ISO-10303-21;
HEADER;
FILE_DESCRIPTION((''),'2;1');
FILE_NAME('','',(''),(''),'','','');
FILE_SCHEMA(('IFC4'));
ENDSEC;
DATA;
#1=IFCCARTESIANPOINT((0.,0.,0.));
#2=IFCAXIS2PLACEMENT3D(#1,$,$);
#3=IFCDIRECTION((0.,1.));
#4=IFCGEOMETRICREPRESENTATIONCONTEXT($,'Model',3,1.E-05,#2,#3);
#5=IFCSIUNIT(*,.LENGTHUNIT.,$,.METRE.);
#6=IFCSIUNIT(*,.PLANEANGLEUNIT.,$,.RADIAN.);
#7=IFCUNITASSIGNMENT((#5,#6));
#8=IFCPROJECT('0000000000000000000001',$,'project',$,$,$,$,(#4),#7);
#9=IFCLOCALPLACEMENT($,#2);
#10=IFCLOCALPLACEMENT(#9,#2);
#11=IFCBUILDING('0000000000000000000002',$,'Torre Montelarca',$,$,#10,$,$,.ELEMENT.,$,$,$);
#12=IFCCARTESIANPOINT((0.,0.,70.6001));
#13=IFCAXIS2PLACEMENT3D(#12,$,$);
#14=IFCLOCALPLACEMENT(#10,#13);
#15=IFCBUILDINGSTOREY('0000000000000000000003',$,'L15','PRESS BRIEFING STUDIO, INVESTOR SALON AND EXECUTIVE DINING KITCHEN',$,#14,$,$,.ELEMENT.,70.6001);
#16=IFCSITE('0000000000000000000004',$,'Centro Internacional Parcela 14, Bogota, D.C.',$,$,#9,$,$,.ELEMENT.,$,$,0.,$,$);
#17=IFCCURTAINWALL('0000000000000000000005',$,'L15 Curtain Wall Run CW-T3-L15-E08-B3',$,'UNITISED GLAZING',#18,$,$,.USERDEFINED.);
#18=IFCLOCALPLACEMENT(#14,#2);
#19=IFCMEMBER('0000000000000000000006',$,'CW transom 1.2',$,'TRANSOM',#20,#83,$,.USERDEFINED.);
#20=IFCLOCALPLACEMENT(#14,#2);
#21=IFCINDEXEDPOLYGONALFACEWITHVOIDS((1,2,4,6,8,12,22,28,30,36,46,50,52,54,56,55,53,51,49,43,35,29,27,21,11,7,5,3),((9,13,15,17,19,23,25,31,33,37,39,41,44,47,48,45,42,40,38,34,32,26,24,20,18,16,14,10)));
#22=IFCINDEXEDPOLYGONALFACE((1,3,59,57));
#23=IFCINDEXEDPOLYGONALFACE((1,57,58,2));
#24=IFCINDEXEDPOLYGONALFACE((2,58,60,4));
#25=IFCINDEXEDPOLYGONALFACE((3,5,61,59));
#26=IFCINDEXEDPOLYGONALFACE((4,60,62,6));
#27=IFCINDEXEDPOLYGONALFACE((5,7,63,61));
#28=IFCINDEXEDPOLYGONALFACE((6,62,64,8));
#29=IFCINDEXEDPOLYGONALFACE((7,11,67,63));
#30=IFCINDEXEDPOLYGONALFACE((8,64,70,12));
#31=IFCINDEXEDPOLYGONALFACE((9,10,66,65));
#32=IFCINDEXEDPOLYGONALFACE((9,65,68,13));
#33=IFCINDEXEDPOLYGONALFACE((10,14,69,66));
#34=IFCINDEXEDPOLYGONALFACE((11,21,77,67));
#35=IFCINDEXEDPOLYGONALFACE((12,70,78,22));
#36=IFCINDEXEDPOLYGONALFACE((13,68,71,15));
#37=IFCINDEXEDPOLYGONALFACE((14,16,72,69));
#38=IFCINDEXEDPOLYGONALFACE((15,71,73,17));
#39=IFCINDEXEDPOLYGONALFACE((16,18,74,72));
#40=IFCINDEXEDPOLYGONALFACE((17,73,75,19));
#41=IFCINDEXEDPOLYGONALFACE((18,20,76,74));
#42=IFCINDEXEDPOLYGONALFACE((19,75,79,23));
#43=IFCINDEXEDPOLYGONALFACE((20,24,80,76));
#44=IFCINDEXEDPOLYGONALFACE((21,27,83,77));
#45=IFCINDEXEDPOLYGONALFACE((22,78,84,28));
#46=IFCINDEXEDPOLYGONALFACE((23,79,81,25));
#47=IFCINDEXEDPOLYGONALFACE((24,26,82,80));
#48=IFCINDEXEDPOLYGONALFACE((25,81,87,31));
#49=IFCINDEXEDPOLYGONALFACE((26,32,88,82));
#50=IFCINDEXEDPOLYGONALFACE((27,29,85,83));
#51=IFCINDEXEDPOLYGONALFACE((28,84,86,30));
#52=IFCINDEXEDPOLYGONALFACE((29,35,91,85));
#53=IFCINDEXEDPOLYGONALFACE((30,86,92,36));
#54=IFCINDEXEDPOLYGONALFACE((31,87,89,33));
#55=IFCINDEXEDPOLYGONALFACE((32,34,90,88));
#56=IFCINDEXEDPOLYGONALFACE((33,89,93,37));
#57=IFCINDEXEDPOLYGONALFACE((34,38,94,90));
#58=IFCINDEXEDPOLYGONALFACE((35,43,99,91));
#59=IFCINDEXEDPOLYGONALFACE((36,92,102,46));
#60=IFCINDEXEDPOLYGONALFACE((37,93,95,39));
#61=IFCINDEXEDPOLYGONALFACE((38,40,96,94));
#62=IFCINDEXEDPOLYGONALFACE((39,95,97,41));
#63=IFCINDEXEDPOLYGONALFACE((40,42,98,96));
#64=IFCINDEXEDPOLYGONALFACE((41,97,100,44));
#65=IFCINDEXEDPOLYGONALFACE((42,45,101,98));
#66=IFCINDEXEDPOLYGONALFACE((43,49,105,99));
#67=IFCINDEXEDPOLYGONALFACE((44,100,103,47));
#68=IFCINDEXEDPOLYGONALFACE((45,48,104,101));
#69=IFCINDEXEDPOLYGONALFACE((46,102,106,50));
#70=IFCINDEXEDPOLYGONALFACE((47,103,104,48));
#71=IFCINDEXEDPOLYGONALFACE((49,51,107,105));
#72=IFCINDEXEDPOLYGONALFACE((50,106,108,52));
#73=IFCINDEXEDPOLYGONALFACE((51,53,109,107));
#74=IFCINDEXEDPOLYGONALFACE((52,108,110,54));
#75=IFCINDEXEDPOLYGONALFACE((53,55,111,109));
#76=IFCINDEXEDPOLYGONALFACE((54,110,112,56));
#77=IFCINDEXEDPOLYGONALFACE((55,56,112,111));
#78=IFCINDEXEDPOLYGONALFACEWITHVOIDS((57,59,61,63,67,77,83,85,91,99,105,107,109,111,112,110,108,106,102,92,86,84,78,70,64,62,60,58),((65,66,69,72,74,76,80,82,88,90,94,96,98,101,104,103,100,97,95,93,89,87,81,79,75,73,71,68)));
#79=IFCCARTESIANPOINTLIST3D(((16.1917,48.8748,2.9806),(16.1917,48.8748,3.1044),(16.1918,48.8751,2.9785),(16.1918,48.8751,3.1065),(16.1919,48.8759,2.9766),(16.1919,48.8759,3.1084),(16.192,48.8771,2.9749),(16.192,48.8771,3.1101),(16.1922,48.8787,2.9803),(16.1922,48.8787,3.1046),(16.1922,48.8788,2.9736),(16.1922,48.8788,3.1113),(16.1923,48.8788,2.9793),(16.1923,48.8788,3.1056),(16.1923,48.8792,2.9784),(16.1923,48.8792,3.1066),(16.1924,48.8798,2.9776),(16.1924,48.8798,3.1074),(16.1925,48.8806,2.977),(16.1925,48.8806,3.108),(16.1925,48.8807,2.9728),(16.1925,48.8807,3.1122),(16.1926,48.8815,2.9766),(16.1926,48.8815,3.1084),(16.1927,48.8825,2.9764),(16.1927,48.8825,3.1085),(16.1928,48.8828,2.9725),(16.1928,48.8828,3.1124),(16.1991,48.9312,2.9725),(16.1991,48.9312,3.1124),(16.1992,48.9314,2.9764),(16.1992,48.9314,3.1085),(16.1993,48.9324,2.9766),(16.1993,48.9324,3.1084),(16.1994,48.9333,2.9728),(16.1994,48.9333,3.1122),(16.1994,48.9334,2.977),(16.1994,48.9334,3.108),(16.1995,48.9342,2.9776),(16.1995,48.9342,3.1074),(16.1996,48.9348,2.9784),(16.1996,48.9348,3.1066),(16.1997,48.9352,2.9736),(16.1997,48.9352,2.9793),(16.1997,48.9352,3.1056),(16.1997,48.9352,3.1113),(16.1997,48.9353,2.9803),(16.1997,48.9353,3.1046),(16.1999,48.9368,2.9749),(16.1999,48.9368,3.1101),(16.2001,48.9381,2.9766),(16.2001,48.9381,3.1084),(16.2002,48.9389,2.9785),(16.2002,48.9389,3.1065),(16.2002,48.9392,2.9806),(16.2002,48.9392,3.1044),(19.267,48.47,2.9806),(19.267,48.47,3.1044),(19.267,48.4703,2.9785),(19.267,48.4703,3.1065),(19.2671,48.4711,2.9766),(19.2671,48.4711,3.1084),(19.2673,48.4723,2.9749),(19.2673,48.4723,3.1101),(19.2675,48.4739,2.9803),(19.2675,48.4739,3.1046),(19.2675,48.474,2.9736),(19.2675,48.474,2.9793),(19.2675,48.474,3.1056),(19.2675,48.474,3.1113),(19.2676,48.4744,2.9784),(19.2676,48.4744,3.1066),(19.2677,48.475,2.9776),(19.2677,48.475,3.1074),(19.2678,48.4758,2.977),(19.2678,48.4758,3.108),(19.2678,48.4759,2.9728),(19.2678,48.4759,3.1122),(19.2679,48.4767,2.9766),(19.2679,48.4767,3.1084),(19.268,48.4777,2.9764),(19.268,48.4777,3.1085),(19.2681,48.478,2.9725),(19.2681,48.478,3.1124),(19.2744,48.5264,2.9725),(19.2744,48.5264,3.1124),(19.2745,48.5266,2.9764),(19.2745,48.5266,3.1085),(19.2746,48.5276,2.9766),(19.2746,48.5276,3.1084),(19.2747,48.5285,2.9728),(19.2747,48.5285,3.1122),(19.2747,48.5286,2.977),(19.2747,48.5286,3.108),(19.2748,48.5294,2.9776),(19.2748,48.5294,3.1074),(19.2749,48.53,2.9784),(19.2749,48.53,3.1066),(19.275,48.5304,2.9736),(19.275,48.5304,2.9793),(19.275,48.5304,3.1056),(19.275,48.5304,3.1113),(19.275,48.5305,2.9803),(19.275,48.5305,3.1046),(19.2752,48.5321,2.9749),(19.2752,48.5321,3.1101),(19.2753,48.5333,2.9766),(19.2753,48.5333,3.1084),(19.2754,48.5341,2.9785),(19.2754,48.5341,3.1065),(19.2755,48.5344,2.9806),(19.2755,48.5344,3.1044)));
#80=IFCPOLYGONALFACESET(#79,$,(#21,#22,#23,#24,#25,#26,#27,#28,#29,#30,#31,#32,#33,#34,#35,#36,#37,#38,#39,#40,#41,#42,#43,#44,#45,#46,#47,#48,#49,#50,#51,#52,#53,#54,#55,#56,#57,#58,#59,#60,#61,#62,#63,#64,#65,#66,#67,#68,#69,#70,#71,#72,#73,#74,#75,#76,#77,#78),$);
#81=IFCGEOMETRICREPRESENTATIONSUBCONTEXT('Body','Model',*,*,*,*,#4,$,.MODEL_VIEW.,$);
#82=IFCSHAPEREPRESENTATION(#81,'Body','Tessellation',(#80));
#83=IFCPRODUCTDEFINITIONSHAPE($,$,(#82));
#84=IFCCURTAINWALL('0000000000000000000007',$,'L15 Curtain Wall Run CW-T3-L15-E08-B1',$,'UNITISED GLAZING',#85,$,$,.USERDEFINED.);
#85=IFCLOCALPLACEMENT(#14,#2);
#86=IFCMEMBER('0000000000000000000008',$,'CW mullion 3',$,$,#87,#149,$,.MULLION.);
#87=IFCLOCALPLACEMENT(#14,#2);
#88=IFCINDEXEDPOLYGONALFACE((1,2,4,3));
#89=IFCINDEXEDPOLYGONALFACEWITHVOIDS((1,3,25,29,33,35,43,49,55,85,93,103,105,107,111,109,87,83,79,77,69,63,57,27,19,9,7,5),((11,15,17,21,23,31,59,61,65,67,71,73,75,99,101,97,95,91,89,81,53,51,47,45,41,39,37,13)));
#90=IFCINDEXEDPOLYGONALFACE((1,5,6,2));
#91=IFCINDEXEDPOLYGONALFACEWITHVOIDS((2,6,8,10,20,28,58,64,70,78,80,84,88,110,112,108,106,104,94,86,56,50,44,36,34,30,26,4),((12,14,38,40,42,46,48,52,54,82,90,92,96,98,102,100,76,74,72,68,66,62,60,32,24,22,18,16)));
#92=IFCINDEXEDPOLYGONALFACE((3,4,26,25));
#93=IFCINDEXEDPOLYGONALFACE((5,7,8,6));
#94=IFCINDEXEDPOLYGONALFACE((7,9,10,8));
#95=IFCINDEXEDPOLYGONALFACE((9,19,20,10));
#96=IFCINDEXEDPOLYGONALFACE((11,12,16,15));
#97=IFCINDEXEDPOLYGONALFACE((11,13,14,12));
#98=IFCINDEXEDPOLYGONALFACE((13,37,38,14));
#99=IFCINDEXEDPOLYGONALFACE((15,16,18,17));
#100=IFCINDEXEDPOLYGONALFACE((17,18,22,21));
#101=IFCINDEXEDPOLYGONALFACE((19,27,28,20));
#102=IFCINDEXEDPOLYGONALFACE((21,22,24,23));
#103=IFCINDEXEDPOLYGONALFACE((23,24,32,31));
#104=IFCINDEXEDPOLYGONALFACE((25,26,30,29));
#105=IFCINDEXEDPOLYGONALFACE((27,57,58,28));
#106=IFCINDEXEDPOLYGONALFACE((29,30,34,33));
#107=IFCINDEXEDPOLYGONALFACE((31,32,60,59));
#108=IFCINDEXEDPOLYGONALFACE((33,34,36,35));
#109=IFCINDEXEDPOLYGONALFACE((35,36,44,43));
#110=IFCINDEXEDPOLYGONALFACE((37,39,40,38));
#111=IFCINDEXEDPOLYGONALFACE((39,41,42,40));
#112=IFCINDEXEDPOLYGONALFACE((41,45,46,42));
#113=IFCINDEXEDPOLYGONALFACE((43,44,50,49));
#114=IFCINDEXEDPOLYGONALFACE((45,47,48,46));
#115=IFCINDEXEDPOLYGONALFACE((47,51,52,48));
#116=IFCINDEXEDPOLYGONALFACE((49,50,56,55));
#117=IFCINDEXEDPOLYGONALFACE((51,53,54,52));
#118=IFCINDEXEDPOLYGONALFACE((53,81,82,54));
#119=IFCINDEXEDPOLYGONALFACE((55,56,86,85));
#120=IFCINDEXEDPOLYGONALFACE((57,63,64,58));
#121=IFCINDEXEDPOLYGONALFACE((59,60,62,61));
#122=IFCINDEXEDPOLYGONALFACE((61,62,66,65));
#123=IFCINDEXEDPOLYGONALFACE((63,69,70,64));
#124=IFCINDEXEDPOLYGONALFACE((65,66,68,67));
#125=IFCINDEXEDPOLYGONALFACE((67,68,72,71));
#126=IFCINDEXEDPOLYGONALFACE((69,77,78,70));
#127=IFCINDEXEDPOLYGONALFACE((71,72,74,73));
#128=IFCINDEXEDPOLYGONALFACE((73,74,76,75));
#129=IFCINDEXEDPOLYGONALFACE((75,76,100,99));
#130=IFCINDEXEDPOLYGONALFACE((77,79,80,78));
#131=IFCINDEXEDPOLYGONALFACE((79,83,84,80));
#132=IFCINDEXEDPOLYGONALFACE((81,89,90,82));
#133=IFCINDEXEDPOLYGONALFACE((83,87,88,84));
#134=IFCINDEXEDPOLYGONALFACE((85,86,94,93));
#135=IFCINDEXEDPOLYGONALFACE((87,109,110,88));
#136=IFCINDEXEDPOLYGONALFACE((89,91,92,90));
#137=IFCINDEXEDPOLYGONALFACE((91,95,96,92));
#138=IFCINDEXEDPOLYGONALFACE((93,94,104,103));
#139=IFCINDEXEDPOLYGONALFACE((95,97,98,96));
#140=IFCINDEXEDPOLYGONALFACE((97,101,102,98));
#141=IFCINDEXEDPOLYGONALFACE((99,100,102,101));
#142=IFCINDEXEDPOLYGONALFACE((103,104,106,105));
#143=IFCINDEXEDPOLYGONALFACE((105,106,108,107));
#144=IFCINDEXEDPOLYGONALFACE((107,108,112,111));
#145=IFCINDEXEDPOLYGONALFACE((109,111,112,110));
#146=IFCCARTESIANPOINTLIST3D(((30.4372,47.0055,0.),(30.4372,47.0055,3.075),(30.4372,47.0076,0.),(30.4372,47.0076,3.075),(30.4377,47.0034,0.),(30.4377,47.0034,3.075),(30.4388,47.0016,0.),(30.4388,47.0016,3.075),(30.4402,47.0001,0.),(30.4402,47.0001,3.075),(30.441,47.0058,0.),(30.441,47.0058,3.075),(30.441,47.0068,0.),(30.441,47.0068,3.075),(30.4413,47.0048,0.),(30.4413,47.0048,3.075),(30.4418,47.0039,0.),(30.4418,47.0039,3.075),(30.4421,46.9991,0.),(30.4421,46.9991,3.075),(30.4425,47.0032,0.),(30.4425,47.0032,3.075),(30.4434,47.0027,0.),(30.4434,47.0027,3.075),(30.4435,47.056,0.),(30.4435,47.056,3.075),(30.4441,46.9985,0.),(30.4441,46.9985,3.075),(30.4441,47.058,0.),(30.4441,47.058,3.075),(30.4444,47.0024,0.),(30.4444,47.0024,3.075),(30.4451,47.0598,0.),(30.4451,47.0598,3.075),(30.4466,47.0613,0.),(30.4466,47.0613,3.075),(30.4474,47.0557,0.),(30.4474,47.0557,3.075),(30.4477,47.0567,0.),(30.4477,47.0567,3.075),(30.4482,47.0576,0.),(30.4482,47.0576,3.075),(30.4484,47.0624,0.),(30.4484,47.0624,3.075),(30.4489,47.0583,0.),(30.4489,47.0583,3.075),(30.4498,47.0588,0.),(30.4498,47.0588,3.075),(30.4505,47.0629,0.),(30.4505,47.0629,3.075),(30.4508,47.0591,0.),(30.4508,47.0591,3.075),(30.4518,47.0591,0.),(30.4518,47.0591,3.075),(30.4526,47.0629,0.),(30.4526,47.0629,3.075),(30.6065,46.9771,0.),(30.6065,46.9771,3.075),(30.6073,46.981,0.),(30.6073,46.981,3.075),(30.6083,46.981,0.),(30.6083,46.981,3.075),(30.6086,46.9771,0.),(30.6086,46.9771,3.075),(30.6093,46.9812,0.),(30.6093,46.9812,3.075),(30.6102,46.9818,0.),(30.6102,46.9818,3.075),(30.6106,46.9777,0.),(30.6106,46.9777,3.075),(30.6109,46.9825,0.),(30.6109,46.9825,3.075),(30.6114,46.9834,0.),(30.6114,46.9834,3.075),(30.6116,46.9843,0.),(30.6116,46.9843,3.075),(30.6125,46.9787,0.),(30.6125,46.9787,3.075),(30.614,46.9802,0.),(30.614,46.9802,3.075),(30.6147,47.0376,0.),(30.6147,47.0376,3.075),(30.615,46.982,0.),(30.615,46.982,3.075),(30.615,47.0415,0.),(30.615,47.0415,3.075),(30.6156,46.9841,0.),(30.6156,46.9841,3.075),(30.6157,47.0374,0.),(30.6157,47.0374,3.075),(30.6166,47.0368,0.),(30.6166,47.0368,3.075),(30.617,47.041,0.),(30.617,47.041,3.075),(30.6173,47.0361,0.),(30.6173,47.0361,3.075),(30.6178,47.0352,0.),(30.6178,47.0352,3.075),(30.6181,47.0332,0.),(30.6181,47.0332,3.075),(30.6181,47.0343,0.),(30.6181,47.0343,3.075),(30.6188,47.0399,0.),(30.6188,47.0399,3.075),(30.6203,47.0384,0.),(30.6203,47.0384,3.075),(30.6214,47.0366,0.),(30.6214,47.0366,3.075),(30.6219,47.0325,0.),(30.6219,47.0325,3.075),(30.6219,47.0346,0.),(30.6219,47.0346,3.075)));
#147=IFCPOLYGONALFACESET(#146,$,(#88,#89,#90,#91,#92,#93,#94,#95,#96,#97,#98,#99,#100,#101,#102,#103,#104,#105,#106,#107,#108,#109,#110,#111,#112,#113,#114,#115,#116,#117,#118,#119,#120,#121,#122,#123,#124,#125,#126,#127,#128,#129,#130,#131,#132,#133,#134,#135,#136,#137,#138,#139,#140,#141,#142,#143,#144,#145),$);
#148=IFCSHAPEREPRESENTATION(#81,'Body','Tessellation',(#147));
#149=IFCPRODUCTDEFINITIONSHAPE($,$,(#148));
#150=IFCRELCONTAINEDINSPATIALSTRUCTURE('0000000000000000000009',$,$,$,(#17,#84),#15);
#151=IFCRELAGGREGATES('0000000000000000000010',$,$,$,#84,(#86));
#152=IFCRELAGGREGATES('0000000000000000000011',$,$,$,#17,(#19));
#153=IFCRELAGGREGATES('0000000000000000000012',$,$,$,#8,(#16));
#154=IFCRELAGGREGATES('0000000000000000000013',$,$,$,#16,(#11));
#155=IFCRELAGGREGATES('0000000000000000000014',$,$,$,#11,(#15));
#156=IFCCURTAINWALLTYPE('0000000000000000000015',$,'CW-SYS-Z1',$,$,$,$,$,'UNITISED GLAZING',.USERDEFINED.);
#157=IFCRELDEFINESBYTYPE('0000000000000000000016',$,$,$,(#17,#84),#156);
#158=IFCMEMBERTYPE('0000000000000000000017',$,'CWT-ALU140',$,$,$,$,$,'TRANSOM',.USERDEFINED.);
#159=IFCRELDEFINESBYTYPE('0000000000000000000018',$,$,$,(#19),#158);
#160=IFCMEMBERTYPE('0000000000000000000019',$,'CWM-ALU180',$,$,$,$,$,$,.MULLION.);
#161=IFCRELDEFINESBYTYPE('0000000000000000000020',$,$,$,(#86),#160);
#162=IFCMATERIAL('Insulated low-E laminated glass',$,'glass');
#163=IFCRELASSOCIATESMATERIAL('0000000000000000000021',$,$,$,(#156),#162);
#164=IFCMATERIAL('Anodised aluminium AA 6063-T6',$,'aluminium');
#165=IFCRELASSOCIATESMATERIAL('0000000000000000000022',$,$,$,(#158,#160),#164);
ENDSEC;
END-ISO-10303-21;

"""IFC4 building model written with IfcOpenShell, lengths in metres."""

from ifc_helpers import new_model, si_unit, direction, frame, origin, origin_2d, place, context, subcontext, project, spatial, hollow_rectangle, extrude, source, transform, mapped, material, material_profile, profile_set, type_object, element, aggregate, save


model = new_model("IFC4")

# Units and contexts
model_context = context("Model", 3, precision=1e-05, world=origin(), true_north=direction((0.0, 1.0)))
body_context = subcontext(model_context, "Body", "Model", "MODEL_VIEW")
ifc_project = project(units=[si_unit("LENGTHUNIT", "METRE"), si_unit("PLANEANGLEUNIT", "RADIAN")], contexts=[model_context])

# Site, building, storey
site_placement = place(None, origin())
site = spatial("IfcSite", under=ifc_project, at=site_placement, Name="Centro Internacional Parcela 14, Bogota, D.C.", CompositionType="ELEMENT", RefElevation=0.0)
building_placement = place(site_placement, origin())
building = spatial("IfcBuilding", under=site, at=building_placement, Name="Torre Montelarca", CompositionType="ELEMENT")
storey_placement = place(building_placement, frame((0.0, 0.0, 70.6001)))
storey = spatial("IfcBuildingStorey", under=building, at=storey_placement, Name="L15", Description="PRESS BRIEFING STUDIO, INVESTOR SALON AND EXECUTIVE DINING KITCHEN", CompositionType="ELEMENT", Elevation=70.6001)

# Shared definitions
ifc_material_1 = material(Name="Insulated low-E laminated glass", Category="glass")
curtain_wall_type = type_object("IfcCurtainWallType", Name="CW-SYS-Z1", ElementType="UNITISED GLAZING", PredefinedType="USERDEFINED", material=ifc_material_1)
ifc_material_2 = material(Name="Anodised aluminium AA 6063-T6", Category="aluminium")
ifc_material_profile_1 = material_profile(ifc_material_2, hollow_rectangle(XDim=0.0649, YDim=0.1399, WallThickness=0.0039, InnerFilletRadius=0.0039, OuterFilletRadius=0.0081, at=origin_2d()), Name="ALU65X140X4", Category="aluminium")
ifc_profile_set_1 = profile_set([ifc_material_profile_1], Name="Anodised aluminium AA 6063-T6")
member_type_1 = type_object("IfcMemberType", Name="CWT-ALU140", ElementType="TRANSOM", PredefinedType="USERDEFINED", material=ifc_profile_set_1)

# Curtain walls, members
curtain_wall_1_placement = place(storey_placement, origin())
curtain_wall_1 = element("IfcCurtainWall", 1, at=curtain_wall_1_placement, inside=storey, type_object=curtain_wall_type, Name="L15 Curtain Wall Run CW-T3-L15-E08-B3", ObjectType="UNITISED GLAZING", PredefinedType="USERDEFINED")
shared_shape_1 = source(origin(), body_context, "Body", "SweptSolid", [
    extrude(hollow_rectangle(XDim=0.0649, YDim=0.1399, WallThickness=0.0039, InnerFilletRadius=0.0039, OuterFilletRadius=0.0081, at=origin_2d()), origin(), (0.0, 0.0, 1.0), 3.1018),
])
member_1_placement = place(storey_placement, frame((19.2712, 48.5022, 3.0425), z_axis=(-0.991448, 0.130503, 0.0), x_axis=(-0.130503, -0.991448, 0.0)))
member_1 = element("IfcMember", 2, at=member_1_placement, type_object=member_type_1, Name="CW transom 1.2", ObjectType="TRANSOM", PredefinedType="USERDEFINED", context=body_context, shape_type="MappedRepresentation", body=[
    mapped(shared_shape_1, transform((0.0, 0.0, 0.0), scale=1.0)),
])
curtain_wall_2_placement = place(storey_placement, origin())
curtain_wall_2 = element("IfcCurtainWall", 3, at=curtain_wall_2_placement, inside=storey, type_object=curtain_wall_type, Name="L15 Curtain Wall Run CW-T3-L15-E08-B1", ObjectType="UNITISED GLAZING", PredefinedType="USERDEFINED")
ifc_material_profile_2 = material_profile(ifc_material_2, hollow_rectangle(XDim=0.0649, YDim=0.1799, WallThickness=0.0039, InnerFilletRadius=0.0039, OuterFilletRadius=0.0081, at=origin_2d()), Name="ALU65X180X4", Category="aluminium")
ifc_profile_set_2 = profile_set([ifc_material_profile_2], Name="Anodised aluminium AA 6063-T6")
member_type_2 = type_object("IfcMemberType", Name="CWM-ALU180", PredefinedType="MULLION", material=ifc_profile_set_2)
shared_shape_2 = source(origin(), body_context, "Body", "SweptSolid", [
    extrude(hollow_rectangle(XDim=0.0649, YDim=0.1799, WallThickness=0.0039, InnerFilletRadius=0.0039, OuterFilletRadius=0.0081, at=origin_2d()), origin(), (0.0, 0.0, 1.0), 3.075),
])
member_2_placement = place(storey_placement, frame((30.5295, 47.02, 0.0), z_axis=(0.0, 0.0, 1.0), x_axis=(-0.130525, -0.991445, 0.0)))
member_2 = element("IfcMember", 4, at=member_2_placement, type_object=member_type_2, Name="CW mullion 3", PredefinedType="MULLION", context=body_context, shape_type="MappedRepresentation", body=[
    mapped(shared_shape_2, transform((0.0, 0.0, 0.0), scale=1.0)),
])
aggregate(curtain_wall_2, [member_2])

aggregate(curtain_wall_1, [member_1])

save(model, "model.ifc")
